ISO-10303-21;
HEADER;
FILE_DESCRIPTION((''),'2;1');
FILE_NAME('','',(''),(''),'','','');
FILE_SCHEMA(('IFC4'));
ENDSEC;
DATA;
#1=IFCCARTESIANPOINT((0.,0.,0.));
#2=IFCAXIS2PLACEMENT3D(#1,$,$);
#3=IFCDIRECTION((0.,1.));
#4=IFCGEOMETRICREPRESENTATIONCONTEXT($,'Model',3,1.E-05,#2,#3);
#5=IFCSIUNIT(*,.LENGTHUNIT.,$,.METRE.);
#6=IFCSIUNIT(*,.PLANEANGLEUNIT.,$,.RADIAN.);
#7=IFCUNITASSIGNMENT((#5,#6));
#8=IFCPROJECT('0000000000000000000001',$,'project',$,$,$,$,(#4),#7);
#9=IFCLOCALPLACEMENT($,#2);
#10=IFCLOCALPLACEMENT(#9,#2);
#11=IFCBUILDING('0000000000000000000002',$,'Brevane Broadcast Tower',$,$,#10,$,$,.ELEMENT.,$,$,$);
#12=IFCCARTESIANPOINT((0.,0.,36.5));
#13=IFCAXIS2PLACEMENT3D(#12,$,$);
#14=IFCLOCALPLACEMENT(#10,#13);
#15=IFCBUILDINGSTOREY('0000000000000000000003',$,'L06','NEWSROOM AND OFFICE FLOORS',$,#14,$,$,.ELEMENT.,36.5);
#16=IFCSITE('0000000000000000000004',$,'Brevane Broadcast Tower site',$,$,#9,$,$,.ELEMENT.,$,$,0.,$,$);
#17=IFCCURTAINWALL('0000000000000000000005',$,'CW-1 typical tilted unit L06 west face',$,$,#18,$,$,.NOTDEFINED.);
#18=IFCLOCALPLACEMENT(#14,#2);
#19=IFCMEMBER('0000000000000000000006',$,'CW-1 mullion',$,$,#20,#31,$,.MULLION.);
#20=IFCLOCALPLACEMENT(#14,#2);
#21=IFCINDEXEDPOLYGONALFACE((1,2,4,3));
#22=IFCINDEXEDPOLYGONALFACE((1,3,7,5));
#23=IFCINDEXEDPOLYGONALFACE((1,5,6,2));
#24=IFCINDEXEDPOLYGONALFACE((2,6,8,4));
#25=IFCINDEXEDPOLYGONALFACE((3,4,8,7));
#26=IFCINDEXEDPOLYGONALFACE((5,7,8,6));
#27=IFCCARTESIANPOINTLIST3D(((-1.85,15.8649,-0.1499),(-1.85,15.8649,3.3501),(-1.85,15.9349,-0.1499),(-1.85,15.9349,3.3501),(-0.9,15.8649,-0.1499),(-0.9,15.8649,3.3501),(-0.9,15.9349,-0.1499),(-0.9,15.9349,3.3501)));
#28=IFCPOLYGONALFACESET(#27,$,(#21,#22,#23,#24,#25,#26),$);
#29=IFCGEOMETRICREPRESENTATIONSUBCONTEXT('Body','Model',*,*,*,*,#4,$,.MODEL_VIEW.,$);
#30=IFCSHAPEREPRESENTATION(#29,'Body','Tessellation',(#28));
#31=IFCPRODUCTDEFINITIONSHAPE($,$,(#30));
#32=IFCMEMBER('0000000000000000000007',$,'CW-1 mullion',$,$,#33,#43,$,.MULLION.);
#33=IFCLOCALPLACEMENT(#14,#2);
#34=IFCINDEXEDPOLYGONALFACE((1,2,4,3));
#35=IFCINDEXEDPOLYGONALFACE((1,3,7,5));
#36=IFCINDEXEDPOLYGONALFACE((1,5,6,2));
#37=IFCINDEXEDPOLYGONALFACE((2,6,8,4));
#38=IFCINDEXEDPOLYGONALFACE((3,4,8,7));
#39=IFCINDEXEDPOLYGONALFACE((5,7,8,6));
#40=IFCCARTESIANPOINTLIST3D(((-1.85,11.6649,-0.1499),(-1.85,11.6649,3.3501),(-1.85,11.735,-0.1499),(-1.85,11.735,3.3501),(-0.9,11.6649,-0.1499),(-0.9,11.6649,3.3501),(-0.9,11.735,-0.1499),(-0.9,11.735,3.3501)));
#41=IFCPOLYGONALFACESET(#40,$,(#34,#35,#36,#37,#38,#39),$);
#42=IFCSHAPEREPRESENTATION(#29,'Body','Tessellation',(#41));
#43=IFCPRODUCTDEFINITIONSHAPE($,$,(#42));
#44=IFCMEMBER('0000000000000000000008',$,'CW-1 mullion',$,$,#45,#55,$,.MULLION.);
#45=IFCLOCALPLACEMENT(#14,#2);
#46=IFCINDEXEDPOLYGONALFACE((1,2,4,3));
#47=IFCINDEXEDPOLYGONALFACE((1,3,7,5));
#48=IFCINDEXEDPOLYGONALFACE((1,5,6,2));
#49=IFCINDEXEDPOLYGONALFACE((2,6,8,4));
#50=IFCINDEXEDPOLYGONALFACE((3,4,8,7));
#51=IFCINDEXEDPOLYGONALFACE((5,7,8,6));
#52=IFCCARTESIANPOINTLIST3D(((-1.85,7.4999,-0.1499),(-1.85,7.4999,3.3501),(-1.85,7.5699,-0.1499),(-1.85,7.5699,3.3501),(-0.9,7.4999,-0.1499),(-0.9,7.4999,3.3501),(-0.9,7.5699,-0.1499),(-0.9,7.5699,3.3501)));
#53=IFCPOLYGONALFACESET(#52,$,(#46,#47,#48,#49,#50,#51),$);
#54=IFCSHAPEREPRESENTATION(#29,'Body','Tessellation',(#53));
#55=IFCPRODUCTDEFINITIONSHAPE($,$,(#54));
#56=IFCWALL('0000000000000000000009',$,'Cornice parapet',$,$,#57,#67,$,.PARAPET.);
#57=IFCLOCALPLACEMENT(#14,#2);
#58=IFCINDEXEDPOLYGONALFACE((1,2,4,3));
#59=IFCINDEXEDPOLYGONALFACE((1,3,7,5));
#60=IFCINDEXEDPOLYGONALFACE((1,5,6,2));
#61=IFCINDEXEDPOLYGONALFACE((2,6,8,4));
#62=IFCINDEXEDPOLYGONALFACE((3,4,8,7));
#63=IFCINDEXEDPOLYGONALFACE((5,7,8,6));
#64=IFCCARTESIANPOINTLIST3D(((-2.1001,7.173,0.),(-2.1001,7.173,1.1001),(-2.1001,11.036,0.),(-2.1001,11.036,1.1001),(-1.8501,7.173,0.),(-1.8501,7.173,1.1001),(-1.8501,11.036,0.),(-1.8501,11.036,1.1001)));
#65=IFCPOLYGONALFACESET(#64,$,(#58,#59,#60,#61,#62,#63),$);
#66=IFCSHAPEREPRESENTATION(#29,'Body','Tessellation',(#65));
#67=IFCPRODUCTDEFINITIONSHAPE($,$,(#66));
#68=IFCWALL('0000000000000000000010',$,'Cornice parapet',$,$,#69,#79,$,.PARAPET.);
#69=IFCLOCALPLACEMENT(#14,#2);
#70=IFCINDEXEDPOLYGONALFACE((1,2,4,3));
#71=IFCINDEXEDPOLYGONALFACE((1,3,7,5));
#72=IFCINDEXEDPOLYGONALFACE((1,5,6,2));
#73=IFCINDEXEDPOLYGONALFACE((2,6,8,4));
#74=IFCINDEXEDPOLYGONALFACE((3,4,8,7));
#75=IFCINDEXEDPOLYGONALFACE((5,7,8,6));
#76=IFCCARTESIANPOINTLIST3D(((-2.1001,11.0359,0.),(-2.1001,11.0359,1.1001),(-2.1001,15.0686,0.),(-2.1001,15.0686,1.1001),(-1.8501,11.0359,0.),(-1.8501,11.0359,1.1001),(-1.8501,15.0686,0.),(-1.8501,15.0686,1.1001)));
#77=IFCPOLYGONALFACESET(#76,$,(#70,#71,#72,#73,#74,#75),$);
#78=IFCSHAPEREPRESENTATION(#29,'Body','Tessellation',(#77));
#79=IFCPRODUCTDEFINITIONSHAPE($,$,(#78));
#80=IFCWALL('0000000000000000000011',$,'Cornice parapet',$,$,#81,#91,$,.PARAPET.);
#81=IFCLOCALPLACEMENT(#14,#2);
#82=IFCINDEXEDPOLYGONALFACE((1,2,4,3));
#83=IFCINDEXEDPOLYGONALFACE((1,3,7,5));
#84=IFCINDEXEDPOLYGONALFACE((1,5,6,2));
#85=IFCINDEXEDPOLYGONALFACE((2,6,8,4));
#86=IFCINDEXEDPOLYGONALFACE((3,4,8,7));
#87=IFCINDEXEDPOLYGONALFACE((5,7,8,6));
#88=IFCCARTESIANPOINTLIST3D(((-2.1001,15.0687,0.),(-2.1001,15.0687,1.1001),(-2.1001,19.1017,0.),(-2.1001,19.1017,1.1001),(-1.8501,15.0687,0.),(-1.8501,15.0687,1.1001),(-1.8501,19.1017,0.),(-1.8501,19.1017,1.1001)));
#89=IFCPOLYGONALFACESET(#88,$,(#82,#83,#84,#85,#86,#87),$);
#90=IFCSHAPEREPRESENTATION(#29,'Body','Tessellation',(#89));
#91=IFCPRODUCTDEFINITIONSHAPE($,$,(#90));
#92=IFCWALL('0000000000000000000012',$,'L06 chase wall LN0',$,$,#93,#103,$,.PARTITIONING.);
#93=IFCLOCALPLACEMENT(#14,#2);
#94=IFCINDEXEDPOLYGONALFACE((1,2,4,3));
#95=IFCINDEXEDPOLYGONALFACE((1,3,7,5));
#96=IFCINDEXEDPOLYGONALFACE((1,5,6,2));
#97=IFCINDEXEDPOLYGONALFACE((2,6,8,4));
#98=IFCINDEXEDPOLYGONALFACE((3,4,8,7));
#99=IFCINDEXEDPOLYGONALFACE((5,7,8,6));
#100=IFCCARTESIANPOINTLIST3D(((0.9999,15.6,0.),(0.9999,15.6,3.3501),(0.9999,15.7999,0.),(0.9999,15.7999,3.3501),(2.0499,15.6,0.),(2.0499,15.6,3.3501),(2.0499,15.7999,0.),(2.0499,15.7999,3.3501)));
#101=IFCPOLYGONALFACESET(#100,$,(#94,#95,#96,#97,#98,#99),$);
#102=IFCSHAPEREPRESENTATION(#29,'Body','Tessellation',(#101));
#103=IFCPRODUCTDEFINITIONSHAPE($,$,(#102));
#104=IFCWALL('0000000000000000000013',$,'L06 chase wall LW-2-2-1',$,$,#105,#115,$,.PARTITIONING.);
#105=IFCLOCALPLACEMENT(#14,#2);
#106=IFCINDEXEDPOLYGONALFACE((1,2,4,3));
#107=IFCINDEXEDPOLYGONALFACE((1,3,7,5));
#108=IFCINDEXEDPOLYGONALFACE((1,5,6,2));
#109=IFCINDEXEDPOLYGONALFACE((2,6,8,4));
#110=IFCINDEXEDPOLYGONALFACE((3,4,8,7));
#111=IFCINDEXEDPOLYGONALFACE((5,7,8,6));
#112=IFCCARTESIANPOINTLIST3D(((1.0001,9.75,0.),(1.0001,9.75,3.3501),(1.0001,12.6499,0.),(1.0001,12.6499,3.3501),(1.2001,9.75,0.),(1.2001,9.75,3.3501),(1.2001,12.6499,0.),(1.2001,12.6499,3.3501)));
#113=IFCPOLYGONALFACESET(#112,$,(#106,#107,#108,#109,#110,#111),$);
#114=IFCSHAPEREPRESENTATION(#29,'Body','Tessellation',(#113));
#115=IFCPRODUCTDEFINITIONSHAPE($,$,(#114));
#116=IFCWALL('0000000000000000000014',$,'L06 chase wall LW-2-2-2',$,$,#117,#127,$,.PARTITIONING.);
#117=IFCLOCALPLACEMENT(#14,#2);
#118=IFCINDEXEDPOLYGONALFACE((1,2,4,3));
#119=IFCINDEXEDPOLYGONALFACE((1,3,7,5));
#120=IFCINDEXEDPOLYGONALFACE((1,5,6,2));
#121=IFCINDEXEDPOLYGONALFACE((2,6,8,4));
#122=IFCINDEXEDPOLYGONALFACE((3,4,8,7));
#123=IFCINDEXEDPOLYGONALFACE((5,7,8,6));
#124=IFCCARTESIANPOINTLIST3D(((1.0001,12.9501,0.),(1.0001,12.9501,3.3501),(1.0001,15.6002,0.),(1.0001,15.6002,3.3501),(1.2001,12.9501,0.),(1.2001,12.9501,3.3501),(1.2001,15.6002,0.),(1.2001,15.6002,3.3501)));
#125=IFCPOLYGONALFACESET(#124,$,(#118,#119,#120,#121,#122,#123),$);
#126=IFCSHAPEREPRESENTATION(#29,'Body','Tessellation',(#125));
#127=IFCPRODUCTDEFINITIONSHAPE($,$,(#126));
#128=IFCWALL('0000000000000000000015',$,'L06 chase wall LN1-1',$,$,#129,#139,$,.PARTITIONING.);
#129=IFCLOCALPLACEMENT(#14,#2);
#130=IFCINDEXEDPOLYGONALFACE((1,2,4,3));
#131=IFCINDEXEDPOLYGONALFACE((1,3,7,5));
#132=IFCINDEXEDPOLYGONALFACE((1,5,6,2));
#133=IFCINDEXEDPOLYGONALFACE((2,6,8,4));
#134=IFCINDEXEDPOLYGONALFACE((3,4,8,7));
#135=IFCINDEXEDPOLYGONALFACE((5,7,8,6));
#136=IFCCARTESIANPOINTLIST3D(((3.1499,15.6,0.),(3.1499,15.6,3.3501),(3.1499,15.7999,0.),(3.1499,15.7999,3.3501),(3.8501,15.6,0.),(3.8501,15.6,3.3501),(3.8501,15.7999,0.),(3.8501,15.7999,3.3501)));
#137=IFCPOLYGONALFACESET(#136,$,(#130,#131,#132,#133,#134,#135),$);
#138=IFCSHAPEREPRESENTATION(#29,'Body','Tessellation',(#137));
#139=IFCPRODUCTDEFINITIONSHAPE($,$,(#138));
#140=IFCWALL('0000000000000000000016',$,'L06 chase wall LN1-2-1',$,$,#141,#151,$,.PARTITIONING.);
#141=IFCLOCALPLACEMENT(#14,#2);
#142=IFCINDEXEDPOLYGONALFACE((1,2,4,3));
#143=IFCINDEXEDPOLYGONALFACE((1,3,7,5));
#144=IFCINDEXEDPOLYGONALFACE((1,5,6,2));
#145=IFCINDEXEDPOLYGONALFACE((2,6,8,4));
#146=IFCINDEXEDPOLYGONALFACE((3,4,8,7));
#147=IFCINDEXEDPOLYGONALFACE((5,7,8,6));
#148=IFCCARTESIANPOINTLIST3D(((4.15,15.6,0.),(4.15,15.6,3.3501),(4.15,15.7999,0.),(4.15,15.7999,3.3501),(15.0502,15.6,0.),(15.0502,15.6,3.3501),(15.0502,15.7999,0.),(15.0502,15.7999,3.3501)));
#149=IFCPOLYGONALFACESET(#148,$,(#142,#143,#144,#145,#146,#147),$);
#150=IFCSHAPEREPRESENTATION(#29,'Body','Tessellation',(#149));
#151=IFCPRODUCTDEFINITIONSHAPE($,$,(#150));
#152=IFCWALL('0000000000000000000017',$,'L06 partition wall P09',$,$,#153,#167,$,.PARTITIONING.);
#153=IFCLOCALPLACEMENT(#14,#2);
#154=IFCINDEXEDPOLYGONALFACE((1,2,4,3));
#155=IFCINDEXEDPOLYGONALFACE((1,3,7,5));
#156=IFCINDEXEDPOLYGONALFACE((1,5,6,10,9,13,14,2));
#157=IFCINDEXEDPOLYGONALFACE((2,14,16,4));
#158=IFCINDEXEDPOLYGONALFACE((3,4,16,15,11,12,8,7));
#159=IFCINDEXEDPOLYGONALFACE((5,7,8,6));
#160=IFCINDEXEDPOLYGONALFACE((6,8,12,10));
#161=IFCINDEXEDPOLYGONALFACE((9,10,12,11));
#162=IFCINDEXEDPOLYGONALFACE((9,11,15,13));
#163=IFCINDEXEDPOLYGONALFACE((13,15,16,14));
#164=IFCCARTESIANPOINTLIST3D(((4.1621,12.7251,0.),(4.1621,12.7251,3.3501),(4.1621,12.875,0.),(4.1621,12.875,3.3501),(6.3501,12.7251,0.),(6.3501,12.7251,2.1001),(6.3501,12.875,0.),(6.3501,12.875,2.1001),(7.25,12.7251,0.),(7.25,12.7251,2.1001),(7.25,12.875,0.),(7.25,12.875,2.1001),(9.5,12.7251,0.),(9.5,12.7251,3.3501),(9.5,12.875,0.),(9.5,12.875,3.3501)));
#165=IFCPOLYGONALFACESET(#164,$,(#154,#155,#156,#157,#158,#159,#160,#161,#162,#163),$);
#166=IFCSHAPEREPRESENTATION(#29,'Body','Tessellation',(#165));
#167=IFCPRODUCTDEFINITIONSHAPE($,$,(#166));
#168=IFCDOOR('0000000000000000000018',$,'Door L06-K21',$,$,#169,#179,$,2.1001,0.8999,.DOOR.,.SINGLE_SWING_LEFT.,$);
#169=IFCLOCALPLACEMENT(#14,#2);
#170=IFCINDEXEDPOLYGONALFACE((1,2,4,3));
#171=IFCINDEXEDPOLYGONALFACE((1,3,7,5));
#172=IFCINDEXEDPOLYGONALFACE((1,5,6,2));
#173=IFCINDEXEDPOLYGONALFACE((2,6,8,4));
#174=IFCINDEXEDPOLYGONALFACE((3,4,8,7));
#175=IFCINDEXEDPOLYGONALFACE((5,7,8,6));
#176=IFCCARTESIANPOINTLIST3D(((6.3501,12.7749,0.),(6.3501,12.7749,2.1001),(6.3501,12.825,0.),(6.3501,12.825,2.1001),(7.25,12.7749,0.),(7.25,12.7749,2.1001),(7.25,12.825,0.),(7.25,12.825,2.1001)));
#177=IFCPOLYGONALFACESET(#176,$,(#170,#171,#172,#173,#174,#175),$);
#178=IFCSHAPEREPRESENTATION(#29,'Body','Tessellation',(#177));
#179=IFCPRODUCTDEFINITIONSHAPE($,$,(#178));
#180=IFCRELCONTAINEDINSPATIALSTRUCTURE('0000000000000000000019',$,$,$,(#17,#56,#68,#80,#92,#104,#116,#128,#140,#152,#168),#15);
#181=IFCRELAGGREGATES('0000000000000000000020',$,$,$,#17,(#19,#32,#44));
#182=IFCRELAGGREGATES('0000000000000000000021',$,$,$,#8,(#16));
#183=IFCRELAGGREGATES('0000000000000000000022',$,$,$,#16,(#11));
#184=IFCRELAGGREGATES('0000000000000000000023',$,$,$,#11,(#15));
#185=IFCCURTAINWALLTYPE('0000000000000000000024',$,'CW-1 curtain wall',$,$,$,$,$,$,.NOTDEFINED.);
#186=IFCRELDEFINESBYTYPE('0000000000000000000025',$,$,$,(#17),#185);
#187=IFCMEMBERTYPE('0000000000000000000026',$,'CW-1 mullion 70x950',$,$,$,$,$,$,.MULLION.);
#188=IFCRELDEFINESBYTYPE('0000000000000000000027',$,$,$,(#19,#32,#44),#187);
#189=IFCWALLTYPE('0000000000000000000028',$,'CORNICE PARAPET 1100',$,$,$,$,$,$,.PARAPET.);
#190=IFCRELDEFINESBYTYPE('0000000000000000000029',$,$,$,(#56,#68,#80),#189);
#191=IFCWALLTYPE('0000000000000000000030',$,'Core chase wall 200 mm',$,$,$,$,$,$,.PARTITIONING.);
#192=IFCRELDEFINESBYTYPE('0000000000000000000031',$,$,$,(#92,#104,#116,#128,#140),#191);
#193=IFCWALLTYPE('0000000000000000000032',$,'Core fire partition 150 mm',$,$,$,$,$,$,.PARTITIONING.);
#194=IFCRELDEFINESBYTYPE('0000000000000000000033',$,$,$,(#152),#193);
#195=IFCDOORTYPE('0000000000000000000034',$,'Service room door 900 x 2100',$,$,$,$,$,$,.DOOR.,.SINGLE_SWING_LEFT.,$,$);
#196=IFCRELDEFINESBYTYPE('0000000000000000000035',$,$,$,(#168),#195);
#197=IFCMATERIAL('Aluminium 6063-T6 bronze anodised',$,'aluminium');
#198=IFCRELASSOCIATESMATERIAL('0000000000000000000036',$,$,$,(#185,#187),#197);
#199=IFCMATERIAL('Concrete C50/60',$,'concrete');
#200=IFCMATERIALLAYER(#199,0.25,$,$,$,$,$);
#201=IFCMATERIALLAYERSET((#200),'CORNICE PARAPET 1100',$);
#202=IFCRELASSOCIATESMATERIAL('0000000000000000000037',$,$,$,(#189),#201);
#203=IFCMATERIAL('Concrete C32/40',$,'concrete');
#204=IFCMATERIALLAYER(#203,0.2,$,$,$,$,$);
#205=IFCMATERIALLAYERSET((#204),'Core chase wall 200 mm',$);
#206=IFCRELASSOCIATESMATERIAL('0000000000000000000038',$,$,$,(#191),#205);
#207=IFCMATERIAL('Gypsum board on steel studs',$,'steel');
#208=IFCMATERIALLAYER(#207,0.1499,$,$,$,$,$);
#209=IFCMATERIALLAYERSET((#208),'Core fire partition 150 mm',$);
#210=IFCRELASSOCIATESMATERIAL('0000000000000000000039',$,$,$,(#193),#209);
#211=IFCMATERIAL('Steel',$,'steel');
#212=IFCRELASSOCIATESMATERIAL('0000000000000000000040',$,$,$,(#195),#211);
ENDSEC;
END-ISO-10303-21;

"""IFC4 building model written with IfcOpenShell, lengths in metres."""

from ifc_helpers import new_model, si_unit, direction, frame, frame_2d, origin, origin_2d, place, context, subcontext, project, spatial, rectangle, extrude, material, layer, layer_set, material_profile, profile_set, type_object, element, fill, aggregate, save


model = new_model("IFC4")

# Units and contexts
model_context = context("Model", 3, precision=1e-05, world=origin(), true_north=direction((0.0, 1.0)))
body_context = subcontext(model_context, "Body", "Model", "MODEL_VIEW")
ifc_project = project(units=[si_unit("LENGTHUNIT", "METRE"), si_unit("PLANEANGLEUNIT", "RADIAN")], contexts=[model_context])

# Site, building, storey
site_placement = place(None, origin())
site = spatial("IfcSite", under=ifc_project, at=site_placement, Name="Brevane Broadcast Tower site", CompositionType="ELEMENT", RefElevation=0.0)
building_placement = place(site_placement, origin())
building = spatial("IfcBuilding", under=site, at=building_placement, Name="Brevane Broadcast Tower", CompositionType="ELEMENT")
storey_placement = place(building_placement, frame((0.0, 0.0, 36.5)))
storey = spatial("IfcBuildingStorey", under=building, at=storey_placement, Name="L06", Description="NEWSROOM AND OFFICE FLOORS", CompositionType="ELEMENT", Elevation=36.5)

# Curtain wall, members
ifc_material_1 = material(Name="Aluminium 6063-T6 bronze anodised", Category="aluminium")
curtain_wall_type = type_object("IfcCurtainWallType", Name="CW-1 curtain wall", PredefinedType="NOTDEFINED", material=ifc_material_1)
curtain_wall_placement = place(storey_placement, origin())
curtain_wall = element("IfcCurtainWall", 1, at=curtain_wall_placement, inside=storey, type_object=curtain_wall_type, Name="CW-1 typical tilted unit L06 west face", PredefinedType="NOTDEFINED")
ifc_material_profile = material_profile(ifc_material_1, rectangle(XDim=0.95, YDim=0.0701, at=origin_2d()), Name="RECT 70x950")
ifc_profile_set = profile_set([ifc_material_profile], Name="Aluminium 6063-T6 bronze anodised")
member_type = type_object("IfcMemberType", Name="CW-1 mullion 70x950", PredefinedType="MULLION", material=ifc_profile_set)
member_1_placement = place(storey_placement, frame((-1.375, 15.8999, -0.1499), z_axis=(0.0, 0.0, 1.0), x_axis=(1.0, 0.0, 0.0)))
member_1 = element("IfcMember", 2, at=member_1_placement, type_object=member_type, Name="CW-1 mullion", PredefinedType="MULLION", context=body_context, shape_type="SweptSolid", body=[
    extrude(rectangle(XDim=0.95, YDim=0.0701, at=origin_2d()), origin(), (0.0, 0.0, 1.0), 3.5),
])
member_2_placement = place(storey_placement, frame((-1.375, 11.7, -0.1499), z_axis=(0.0, 0.0, 1.0), x_axis=(1.0, 0.0, 0.0)))
member_2 = element("IfcMember", 3, at=member_2_placement, type_object=member_type, Name="CW-1 mullion", PredefinedType="MULLION", context=body_context, shape_type="SweptSolid", body=[
    extrude(rectangle(XDim=0.95, YDim=0.0701, at=origin_2d()), origin(), (0.0, 0.0, 1.0), 3.5),
])
member_3_placement = place(storey_placement, frame((-1.375, 7.5349, -0.1499), z_axis=(0.0, 0.0, 1.0), x_axis=(1.0, 0.0, 0.0)))
member_3 = element("IfcMember", 4, at=member_3_placement, type_object=member_type, Name="CW-1 mullion", PredefinedType="MULLION", context=body_context, shape_type="SweptSolid", body=[
    extrude(rectangle(XDim=0.95, YDim=0.0701, at=origin_2d()), origin(), (0.0, 0.0, 1.0), 3.5),
])
aggregate(curtain_wall, [member_1, member_2, member_3])

# Walls
ifc_material_2 = material(Name="Concrete C50/60", Category="concrete")
ifc_layer_1 = layer(ifc_material_2, 0.25)
ifc_layer_set_1 = layer_set([ifc_layer_1], Name="CORNICE PARAPET 1100")
wall_type_1 = type_object("IfcWallType", Name="CORNICE PARAPET 1100", PredefinedType="PARAPET", material=ifc_layer_set_1)
wall_1_placement = place(storey_placement, frame((-1.9751, 7.1729, 0.0), z_axis=(0.0, 0.0, 1.0), x_axis=(0.0, 1.0, 0.0)))
element("IfcWall", 5, at=wall_1_placement, inside=storey, type_object=wall_type_1, Name="Cornice parapet", PredefinedType="PARAPET", context=body_context, shape_type="SweptSolid", body=[
    extrude(rectangle(XDim=3.863, YDim=0.25, at=frame_2d((1.9316, 0.0))), origin(), (0.0, 0.0, 1.0), 1.1001),
])
wall_2_placement = place(storey_placement, frame((-1.9751, 11.0359, 0.0), z_axis=(0.0, 0.0, 1.0), x_axis=(0.0, 1.0, 0.0)))
element("IfcWall", 6, at=wall_2_placement, inside=storey, type_object=wall_type_1, Name="Cornice parapet", PredefinedType="PARAPET", context=body_context, shape_type="SweptSolid", body=[
    extrude(rectangle(XDim=4.0327, YDim=0.25, at=frame_2d((2.0164, 0.0))), origin(), (0.0, 0.0, 1.0), 1.1001),
])
wall_3_placement = place(storey_placement, frame((-1.9751, 15.0686, 0.0), z_axis=(0.0, 0.0, 1.0), x_axis=(0.0, 1.0, 0.0)))
element("IfcWall", 7, at=wall_3_placement, inside=storey, type_object=wall_type_1, Name="Cornice parapet", PredefinedType="PARAPET", context=body_context, shape_type="SweptSolid", body=[
    extrude(rectangle(XDim=4.033, YDim=0.25, at=frame_2d((2.0166, 0.0))), origin(), (0.0, 0.0, 1.0), 1.1001),
])
ifc_material_3 = material(Name="Concrete C32/40", Category="concrete")
ifc_layer_2 = layer(ifc_material_3, 0.2)
ifc_layer_set_2 = layer_set([ifc_layer_2], Name="Core chase wall 200 mm")
wall_type_2 = type_object("IfcWallType", Name="Core chase wall 200 mm", PredefinedType="PARTITIONING", material=ifc_layer_set_2)
wall_4_placement = place(storey_placement, frame((1.0, 15.7, 0.0), z_axis=(0.0, 0.0, 1.0), x_axis=(1.0, 0.0, 0.0)))
element("IfcWall", 8, at=wall_4_placement, inside=storey, type_object=wall_type_2, Name="L06 chase wall LN0", PredefinedType="PARTITIONING", context=body_context, shape_type="SweptSolid", body=[
    extrude(rectangle(XDim=1.05, YDim=0.2, at=frame_2d((0.5249, 0.0))), origin(), (0.0, 0.0, 1.0), 3.3501),
])
wall_5_placement = place(storey_placement, frame((1.1001, 9.75, 0.0), z_axis=(0.0, 0.0, 1.0), x_axis=(0.0, 1.0, 0.0)))
element("IfcWall", 9, at=wall_5_placement, inside=storey, type_object=wall_type_2, Name="L06 chase wall LW-2-2-1", PredefinedType="PARTITIONING", context=body_context, shape_type="SweptSolid", body=[
    extrude(rectangle(XDim=2.8999, YDim=0.2, at=frame_2d((1.45, 0.0))), origin(), (0.0, 0.0, 1.0), 3.3501),
])
wall_6_placement = place(storey_placement, frame((1.1001, 12.95, 0.0), z_axis=(0.0, 0.0, 1.0), x_axis=(0.0, 1.0, 0.0)))
element("IfcWall", 10, at=wall_6_placement, inside=storey, type_object=wall_type_2, Name="L06 chase wall LW-2-2-2", PredefinedType="PARTITIONING", context=body_context, shape_type="SweptSolid", body=[
    extrude(rectangle(XDim=2.6501, YDim=0.2, at=frame_2d((1.3252, 0.0))), origin(), (0.0, 0.0, 1.0), 3.3501),
])
wall_7_placement = place(storey_placement, frame((3.1499, 15.7, 0.0), z_axis=(0.0, 0.0, 1.0), x_axis=(1.0, 0.0, 0.0)))
element("IfcWall", 11, at=wall_7_placement, inside=storey, type_object=wall_type_2, Name="L06 chase wall LN1-1", PredefinedType="PARTITIONING", context=body_context, shape_type="SweptSolid", body=[
    extrude(rectangle(XDim=0.7002, YDim=0.2, at=frame_2d((0.3501, 0.0))), origin(), (0.0, 0.0, 1.0), 3.3501),
])
wall_8_placement = place(storey_placement, frame((4.1499, 15.7, 0.0), z_axis=(0.0, 0.0, 1.0), x_axis=(1.0, 0.0, 0.0)))
element("IfcWall", 12, at=wall_8_placement, inside=storey, type_object=wall_type_2, Name="L06 chase wall LN1-2-1", PredefinedType="PARTITIONING", context=body_context, shape_type="SweptSolid", body=[
    extrude(rectangle(XDim=10.9001, YDim=0.2, at=frame_2d((5.4502, 0.0))), origin(), (0.0, 0.0, 1.0), 3.3501),
])

# Wall, opening, door
ifc_material_4 = material(Name="Gypsum board on steel studs", Category="steel")
ifc_layer_3 = layer(ifc_material_4, 0.1499)
ifc_layer_set_3 = layer_set([ifc_layer_3], Name="Core fire partition 150 mm")
wall_type_3 = type_object("IfcWallType", Name="Core fire partition 150 mm", PredefinedType="PARTITIONING", material=ifc_layer_set_3)
wall_9_placement = place(storey_placement, frame((4.1621, 12.8, 0.0), z_axis=(0.0, 0.0, 1.0), x_axis=(1.0, 0.0, 0.0)))
wall_9 = element("IfcWall", 13, at=wall_9_placement, inside=storey, type_object=wall_type_3, Name="L06 partition wall P09", PredefinedType="PARTITIONING", context=body_context, shape_type="SweptSolid", body=[
    extrude(rectangle(XDim=5.3379, YDim=0.1499, at=frame_2d((2.6689, 0.0))), origin(), (0.0, 0.0, 1.0), 3.3501),
])
opening_1_placement = place(wall_9_placement, frame((2.188, 0.0, 0.0)))
opening_1 = element("IfcOpeningElement", 14, at=opening_1_placement, cuts=wall_9, PredefinedType="OPENING", context=body_context, shape_type="SweptSolid", body=[
    extrude(rectangle(XDim=0.8999, YDim=2.1001, at=frame_2d((0.45, 1.05))), frame((0.0, 0.085, 0.0), z_axis=(0.0, -1.0, 0.0), x_axis=(1.0, 0.0, 0.0)), (0.0, 0.0, 1.0), 0.1699),
])
ifc_material_5 = material(Name="Steel", Category="steel")
door_type_1 = type_object("IfcDoorType", Name="Service room door 900 x 2100", OperationType="SINGLE_SWING_LEFT", PredefinedType="DOOR", material=ifc_material_5)
door_1_placement = place(opening_1_placement, origin())
door_1 = element("IfcDoor", 15, at=door_1_placement, inside=storey, type_object=door_type_1, Name="Door L06-K21", OperationType="SINGLE_SWING_LEFT", OverallHeight=2.1001, OverallWidth=0.8999, PredefinedType="DOOR", context=body_context, shape_type="SweptSolid", body=[
    extrude(rectangle(XDim=0.8999, YDim=2.1001, at=frame_2d((0.45, 1.05))), frame((0.0, 0.0249, 0.0), z_axis=(0.0, -1.0, 0.0), x_axis=(1.0, 0.0, 0.0)), (0.0, 0.0, 1.0), 0.05),
])
fill(opening_1, door_1)

save(model, "model.ifc")
